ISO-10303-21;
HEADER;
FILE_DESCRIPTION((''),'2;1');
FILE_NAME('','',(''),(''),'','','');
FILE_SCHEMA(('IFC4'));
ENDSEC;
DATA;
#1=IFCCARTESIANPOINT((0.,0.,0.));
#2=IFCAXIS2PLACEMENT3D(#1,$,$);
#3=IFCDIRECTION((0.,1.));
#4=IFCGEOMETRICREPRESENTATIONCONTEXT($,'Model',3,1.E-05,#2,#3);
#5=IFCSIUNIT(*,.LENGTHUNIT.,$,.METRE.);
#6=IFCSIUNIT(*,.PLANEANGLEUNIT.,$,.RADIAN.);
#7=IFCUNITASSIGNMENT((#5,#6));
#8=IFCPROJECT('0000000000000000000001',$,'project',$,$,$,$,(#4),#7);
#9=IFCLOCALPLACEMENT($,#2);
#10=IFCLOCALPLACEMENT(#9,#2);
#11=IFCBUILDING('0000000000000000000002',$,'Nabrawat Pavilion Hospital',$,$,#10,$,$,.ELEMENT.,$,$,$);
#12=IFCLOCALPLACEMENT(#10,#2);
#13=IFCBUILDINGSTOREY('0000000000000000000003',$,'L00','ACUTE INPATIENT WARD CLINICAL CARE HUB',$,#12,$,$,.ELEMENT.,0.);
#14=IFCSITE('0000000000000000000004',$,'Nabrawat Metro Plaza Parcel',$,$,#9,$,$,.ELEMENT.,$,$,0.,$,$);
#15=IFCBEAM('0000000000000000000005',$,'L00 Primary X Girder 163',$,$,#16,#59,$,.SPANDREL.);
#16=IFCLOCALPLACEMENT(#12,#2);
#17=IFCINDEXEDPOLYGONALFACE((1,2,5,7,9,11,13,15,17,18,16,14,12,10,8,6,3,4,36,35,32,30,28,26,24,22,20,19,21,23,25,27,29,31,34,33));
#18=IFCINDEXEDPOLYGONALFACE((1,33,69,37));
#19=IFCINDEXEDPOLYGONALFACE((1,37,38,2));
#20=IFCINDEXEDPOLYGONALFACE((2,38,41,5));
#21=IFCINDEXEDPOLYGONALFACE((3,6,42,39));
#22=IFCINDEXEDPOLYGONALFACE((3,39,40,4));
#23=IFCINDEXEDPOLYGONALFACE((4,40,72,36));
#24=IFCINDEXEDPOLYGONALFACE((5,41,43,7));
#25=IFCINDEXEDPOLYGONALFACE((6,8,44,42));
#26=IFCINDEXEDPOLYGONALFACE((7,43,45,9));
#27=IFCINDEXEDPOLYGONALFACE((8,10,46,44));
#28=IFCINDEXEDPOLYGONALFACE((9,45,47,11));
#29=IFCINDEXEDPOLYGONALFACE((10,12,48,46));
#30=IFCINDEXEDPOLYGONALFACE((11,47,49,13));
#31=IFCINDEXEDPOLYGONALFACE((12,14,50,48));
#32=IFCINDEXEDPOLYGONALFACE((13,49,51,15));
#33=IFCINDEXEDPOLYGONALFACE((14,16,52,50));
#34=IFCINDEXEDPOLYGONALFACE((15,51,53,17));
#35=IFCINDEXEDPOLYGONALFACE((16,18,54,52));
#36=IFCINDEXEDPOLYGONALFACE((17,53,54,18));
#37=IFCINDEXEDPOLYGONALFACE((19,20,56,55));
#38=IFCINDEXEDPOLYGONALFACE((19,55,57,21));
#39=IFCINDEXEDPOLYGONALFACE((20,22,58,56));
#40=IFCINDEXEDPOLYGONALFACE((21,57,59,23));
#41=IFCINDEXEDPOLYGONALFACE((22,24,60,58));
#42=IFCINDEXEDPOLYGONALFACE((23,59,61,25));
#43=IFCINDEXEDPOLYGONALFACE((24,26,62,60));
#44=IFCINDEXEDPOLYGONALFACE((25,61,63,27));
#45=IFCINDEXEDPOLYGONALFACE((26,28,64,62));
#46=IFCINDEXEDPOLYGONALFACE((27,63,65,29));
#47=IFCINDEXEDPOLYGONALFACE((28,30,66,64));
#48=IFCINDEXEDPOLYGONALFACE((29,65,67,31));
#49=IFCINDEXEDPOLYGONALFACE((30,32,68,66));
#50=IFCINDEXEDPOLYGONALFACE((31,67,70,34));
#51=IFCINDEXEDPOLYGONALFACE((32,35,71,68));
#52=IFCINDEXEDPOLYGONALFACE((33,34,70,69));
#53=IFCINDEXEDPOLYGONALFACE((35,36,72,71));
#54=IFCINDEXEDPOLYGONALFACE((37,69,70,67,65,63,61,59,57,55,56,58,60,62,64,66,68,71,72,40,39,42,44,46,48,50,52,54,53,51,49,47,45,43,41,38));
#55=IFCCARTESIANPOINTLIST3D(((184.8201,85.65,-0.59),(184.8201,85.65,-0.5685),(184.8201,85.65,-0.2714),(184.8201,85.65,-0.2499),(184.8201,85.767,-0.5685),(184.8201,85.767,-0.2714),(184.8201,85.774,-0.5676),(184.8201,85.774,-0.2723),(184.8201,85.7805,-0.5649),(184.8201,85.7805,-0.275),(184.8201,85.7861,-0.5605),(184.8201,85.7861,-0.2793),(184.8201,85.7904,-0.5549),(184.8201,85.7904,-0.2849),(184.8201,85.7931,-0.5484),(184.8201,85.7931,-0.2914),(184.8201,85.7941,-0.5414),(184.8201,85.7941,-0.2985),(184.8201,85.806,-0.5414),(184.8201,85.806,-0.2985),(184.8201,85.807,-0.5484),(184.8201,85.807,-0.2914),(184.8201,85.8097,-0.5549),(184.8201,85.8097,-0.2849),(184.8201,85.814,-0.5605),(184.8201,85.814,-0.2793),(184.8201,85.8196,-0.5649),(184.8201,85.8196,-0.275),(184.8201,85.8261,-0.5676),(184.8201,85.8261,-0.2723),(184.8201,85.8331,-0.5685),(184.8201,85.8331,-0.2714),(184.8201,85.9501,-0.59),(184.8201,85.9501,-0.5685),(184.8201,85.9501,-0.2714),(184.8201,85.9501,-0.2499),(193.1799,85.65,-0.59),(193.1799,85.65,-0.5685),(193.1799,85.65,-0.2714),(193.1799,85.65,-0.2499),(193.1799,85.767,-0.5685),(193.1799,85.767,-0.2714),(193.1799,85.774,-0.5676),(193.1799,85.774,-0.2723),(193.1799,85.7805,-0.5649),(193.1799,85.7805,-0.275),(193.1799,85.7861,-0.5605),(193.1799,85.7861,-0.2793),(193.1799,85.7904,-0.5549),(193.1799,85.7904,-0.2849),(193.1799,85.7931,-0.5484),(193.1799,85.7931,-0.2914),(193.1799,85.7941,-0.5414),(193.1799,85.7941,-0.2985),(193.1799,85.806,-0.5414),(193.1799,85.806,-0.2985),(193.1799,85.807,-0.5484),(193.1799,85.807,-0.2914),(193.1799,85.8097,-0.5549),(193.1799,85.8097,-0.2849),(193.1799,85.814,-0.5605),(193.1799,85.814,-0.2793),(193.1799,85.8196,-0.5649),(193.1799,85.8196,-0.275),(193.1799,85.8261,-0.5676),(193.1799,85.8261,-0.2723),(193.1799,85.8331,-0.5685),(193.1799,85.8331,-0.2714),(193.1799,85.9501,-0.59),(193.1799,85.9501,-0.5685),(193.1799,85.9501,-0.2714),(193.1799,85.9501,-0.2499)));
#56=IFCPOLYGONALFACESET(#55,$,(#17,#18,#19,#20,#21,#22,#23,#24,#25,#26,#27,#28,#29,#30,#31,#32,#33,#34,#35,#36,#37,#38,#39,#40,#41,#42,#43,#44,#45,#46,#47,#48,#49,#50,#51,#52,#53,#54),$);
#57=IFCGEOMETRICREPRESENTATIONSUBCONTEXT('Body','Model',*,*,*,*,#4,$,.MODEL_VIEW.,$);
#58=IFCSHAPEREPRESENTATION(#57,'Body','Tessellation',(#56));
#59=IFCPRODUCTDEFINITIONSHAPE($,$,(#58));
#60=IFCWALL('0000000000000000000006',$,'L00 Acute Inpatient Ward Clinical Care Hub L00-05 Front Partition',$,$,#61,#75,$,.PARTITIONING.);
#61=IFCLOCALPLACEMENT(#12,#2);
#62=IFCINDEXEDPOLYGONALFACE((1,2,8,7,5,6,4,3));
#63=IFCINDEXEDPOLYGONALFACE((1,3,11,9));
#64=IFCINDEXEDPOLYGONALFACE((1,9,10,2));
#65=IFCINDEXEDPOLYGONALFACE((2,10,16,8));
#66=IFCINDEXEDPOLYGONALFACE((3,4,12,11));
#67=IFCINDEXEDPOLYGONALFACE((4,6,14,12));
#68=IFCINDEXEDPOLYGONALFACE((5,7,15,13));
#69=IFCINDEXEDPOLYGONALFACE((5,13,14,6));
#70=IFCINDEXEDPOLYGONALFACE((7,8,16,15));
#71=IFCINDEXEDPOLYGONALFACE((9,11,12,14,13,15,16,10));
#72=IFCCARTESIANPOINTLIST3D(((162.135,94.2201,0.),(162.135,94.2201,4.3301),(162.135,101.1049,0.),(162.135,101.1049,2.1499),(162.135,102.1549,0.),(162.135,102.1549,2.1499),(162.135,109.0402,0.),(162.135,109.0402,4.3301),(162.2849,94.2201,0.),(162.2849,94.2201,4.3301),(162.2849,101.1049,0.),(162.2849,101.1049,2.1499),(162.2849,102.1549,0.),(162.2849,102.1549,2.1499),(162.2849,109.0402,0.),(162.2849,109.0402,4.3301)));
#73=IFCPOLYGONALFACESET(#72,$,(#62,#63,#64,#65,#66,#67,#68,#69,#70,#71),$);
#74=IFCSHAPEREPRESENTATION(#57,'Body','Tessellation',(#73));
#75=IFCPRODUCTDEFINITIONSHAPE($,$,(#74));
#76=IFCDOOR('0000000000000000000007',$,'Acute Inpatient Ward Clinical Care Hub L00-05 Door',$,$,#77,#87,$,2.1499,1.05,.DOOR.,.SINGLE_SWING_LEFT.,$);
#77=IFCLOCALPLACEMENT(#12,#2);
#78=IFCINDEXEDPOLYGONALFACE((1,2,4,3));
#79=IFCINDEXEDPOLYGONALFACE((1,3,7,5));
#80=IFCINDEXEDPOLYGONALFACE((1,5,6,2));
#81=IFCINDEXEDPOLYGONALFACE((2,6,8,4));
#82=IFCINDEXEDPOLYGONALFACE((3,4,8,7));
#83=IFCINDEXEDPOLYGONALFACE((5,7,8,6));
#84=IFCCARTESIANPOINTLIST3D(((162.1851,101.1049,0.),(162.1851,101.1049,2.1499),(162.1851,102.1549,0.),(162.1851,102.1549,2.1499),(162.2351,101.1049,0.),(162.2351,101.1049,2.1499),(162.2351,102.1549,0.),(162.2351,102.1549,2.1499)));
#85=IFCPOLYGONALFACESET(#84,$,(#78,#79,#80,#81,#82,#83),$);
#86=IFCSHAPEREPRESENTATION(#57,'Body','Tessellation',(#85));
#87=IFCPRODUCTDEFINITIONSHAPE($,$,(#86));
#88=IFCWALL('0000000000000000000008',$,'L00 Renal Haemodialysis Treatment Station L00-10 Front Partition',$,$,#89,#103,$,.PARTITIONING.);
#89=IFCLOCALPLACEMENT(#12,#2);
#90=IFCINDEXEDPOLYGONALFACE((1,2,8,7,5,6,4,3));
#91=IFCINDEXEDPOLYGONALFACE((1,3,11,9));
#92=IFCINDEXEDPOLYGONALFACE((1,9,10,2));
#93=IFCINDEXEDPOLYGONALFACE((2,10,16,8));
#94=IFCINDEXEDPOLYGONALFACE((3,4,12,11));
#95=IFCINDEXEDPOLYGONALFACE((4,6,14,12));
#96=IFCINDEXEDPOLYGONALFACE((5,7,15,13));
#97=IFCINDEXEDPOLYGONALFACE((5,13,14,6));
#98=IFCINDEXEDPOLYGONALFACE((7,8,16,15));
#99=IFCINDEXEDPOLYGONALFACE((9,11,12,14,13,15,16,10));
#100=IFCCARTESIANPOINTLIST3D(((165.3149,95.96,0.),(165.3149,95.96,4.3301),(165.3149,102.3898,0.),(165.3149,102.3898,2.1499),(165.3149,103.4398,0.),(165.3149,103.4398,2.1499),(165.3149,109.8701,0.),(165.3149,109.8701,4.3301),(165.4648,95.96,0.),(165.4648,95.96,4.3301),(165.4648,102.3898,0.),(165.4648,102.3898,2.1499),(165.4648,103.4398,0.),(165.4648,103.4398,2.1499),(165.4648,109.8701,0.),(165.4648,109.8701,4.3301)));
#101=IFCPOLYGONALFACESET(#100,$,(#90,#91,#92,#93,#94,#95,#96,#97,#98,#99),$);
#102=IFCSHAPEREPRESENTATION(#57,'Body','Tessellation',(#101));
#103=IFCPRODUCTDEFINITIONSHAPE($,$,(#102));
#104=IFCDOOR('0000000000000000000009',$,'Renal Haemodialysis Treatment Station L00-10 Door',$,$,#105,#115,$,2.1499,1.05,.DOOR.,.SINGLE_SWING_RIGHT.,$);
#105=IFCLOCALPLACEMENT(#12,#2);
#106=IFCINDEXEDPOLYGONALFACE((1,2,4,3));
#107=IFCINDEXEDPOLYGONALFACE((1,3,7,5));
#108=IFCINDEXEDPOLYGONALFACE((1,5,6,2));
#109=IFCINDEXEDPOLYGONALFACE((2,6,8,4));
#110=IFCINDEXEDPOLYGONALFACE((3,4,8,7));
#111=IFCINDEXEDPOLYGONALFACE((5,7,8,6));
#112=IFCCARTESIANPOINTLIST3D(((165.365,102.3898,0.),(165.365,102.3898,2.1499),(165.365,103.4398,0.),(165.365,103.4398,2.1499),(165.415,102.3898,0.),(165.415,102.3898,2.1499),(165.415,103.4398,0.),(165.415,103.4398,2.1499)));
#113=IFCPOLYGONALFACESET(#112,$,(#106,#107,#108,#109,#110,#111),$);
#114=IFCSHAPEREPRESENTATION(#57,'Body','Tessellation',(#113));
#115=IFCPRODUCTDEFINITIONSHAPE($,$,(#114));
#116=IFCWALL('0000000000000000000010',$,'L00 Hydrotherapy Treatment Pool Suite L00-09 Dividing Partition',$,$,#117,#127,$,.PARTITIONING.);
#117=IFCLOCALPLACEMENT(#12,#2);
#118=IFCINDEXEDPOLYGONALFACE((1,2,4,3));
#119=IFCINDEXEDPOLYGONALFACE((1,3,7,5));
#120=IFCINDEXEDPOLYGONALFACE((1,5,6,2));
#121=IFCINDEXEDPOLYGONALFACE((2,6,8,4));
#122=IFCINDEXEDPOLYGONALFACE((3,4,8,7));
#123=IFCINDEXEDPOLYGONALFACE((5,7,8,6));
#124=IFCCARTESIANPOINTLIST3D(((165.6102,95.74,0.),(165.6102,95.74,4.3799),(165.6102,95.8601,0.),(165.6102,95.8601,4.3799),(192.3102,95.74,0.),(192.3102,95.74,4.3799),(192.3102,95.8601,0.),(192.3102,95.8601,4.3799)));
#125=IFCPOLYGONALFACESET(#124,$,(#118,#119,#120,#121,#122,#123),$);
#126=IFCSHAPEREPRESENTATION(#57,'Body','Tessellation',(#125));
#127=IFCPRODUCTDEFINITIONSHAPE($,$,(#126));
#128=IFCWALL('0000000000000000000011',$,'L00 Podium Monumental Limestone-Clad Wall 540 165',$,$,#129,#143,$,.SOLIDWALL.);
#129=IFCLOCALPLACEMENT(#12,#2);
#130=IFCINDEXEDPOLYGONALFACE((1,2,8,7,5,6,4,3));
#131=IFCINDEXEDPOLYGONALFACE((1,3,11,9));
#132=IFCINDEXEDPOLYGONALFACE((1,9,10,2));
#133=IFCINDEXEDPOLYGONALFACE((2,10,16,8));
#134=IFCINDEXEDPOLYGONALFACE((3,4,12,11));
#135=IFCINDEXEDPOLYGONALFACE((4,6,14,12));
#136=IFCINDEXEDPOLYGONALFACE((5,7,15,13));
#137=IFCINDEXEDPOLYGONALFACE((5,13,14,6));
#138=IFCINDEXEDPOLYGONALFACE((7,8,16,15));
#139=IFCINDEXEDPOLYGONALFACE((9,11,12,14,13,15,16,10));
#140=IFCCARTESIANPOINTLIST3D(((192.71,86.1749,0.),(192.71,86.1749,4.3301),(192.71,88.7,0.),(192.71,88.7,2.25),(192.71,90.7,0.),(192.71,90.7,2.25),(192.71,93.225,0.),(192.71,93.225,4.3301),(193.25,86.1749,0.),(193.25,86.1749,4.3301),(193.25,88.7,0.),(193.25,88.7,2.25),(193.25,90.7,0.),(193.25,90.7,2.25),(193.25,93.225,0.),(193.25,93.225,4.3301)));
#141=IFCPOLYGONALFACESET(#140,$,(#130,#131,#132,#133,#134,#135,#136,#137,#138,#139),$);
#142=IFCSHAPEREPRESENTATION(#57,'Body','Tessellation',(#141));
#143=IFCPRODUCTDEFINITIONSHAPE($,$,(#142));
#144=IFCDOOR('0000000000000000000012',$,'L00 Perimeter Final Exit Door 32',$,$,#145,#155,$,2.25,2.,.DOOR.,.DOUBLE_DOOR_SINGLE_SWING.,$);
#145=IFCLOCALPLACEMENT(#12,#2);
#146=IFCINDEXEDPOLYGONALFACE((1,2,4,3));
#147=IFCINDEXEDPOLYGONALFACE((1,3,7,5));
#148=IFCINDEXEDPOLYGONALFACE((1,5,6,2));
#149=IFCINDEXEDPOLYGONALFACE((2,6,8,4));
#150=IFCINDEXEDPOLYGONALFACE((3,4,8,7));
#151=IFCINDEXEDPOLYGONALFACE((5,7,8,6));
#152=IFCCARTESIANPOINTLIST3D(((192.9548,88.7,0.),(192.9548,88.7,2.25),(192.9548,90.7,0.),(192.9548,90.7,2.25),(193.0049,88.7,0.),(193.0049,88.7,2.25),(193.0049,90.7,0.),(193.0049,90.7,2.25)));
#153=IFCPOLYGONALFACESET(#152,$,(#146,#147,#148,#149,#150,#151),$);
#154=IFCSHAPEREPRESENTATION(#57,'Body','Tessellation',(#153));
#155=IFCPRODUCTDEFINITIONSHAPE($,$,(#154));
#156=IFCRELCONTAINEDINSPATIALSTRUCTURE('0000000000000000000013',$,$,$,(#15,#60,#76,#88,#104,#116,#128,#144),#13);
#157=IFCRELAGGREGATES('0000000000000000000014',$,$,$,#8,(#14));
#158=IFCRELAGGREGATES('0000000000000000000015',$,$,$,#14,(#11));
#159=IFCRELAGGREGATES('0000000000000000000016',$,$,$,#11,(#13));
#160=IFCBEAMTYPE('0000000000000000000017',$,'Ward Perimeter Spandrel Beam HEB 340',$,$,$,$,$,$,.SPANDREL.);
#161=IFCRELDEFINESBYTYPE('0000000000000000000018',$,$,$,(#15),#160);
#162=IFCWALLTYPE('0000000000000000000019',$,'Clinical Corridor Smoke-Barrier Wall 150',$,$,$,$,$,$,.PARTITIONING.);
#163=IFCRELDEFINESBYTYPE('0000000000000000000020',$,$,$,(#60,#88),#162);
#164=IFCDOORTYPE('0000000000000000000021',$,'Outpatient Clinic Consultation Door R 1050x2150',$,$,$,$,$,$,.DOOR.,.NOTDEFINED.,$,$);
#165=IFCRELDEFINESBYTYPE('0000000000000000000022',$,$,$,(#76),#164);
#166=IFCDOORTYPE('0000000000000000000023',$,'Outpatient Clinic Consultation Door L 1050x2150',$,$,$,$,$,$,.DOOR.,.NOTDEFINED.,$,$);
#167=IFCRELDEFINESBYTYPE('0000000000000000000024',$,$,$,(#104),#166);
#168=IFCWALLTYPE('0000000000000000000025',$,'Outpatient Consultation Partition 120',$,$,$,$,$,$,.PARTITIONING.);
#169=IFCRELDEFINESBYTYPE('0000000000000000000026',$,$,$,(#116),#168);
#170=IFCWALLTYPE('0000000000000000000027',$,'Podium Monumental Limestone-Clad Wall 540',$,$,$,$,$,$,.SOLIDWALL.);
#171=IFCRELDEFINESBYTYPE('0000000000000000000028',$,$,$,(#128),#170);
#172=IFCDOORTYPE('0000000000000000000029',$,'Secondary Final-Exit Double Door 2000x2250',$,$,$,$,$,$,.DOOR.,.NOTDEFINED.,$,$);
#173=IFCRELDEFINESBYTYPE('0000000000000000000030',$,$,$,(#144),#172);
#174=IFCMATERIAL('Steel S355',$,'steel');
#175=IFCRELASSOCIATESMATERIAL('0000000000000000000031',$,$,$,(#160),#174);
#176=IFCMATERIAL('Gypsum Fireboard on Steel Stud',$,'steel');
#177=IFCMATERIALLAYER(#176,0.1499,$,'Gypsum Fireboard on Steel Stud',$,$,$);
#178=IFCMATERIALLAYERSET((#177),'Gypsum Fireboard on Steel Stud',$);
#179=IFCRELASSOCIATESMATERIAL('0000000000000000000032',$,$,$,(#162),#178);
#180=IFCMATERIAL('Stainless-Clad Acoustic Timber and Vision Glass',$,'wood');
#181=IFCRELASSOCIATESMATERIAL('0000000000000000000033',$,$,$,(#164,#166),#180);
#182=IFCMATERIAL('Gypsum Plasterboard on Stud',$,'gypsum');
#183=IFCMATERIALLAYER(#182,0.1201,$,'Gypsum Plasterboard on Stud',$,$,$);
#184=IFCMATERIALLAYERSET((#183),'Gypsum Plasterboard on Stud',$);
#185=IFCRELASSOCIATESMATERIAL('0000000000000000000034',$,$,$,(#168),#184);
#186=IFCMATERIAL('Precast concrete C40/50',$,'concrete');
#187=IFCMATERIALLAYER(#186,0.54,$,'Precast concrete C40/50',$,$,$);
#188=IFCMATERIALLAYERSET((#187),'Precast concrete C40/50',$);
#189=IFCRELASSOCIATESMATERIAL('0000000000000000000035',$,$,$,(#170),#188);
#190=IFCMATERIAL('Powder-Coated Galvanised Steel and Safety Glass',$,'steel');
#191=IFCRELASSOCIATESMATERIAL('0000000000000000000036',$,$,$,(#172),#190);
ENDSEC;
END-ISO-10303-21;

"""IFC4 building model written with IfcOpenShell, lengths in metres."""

from ifc_helpers import new_model, si_unit, direction, frame, frame_2d, origin, origin_2d, place, context, subcontext, project, spatial, rectangle, i_section, extrude, material, layer, layer_set, material_profile, profile_set, type_object, element, fill, save


model = new_model("IFC4")

# Units and contexts
model_context = context("Model", 3, precision=1e-05, world=origin(), true_north=direction((0.0, 1.0)))
body_context = subcontext(model_context, "Body", "Model", "MODEL_VIEW")
ifc_project = project(units=[si_unit("LENGTHUNIT", "METRE"), si_unit("PLANEANGLEUNIT", "RADIAN")], contexts=[model_context])

# Site, building, storey
site_placement = place(None, origin())
site = spatial("IfcSite", under=ifc_project, at=site_placement, Name="Nabrawat Metro Plaza Parcel", CompositionType="ELEMENT", RefElevation=0.0)
building_placement = place(site_placement, origin())
building = spatial("IfcBuilding", under=site, at=building_placement, Name="Nabrawat Pavilion Hospital", CompositionType="ELEMENT")
storey_placement = place(building_placement, origin())
storey = spatial("IfcBuildingStorey", under=building, at=storey_placement, Name="L00", Description="ACUTE INPATIENT WARD CLINICAL CARE HUB", CompositionType="ELEMENT", Elevation=0.0)

# Shared definitions
ifc_material_1 = material(Name="Steel S355", Category="steel")

# Beam
ifc_material_profile_1 = material_profile(ifc_material_1, i_section(OverallWidth=0.3, OverallDepth=0.3401, WebThickness=0.012, FlangeThickness=0.0215, FilletRadius=0.0271, at=origin_2d()), Name="HEB 340")
ifc_profile_set_1 = profile_set([ifc_material_profile_1], Name="Steel S355")
beam_type_1 = type_object("IfcBeamType", Name="Ward Perimeter Spandrel Beam HEB 340", PredefinedType="SPANDREL", material=ifc_profile_set_1)
beam_1_placement = place(storey_placement, frame((184.8201, 85.8, -0.4199), z_axis=(1.0, 0.0, 0.0), x_axis=(0.0, 1.0, 0.0)))
element("IfcBeam", 1, at=beam_1_placement, inside=storey, type_object=beam_type_1, Name="L00 Primary X Girder 163", PredefinedType="SPANDREL", context=body_context, shape_type="SweptSolid", body=[
    extrude(i_section(OverallWidth=0.3, OverallDepth=0.3401, WebThickness=0.012, FlangeThickness=0.0215, FilletRadius=0.0271, at=origin_2d()), origin(), (0.0, 0.0, 1.0), 8.3599),
])

# Walls, openings, doors
ifc_material_2 = material(Name="Gypsum Fireboard on Steel Stud", Category="steel")
ifc_layer_1 = layer(ifc_material_2, 0.1499, Name="Gypsum Fireboard on Steel Stud")
ifc_layer_set_1 = layer_set([ifc_layer_1], Name="Gypsum Fireboard on Steel Stud")
wall_type_1 = type_object("IfcWallType", Name="Clinical Corridor Smoke-Barrier Wall 150", PredefinedType="PARTITIONING", material=ifc_layer_set_1)
wall_1_placement = place(storey_placement, frame((162.21, 94.22, 0.0), z_axis=(0.0, 0.0, 1.0), x_axis=(0.0, 1.0, 0.0)))
wall_1 = element("IfcWall", 2, at=wall_1_placement, inside=storey, type_object=wall_type_1, Name="L00 Acute Inpatient Ward Clinical Care Hub L00-05 Front Partition", PredefinedType="PARTITIONING", context=body_context, shape_type="SweptSolid", body=[
    extrude(rectangle(XDim=14.8201, YDim=0.1499, at=frame_2d((7.4102, 0.0))), origin(), (0.0, 0.0, 1.0), 4.3301),
])
opening_1_placement = place(wall_1_placement, frame((6.885, 0.0, 0.0)))
opening_1 = element("IfcOpeningElement", 3, at=opening_1_placement, cuts=wall_1, PredefinedType="OPENING", context=body_context, shape_type="SweptSolid", body=[
    extrude(rectangle(XDim=1.05, YDim=2.1499, at=frame_2d((0.5249, 1.075))), frame((0.0, 0.085, 0.0), z_axis=(0.0, -1.0, 0.0), x_axis=(1.0, 0.0, 0.0)), (0.0, 0.0, 1.0), 0.1699),
])
ifc_material_3 = material(Name="Stainless-Clad Acoustic Timber and Vision Glass", Category="wood")
door_type_1 = type_object("IfcDoorType", Name="Outpatient Clinic Consultation Door R 1050x2150", OperationType="NOTDEFINED", PredefinedType="DOOR", material=ifc_material_3)
door_1_placement = place(opening_1_placement, origin())
door_1 = element("IfcDoor", 4, at=door_1_placement, inside=storey, type_object=door_type_1, Name="Acute Inpatient Ward Clinical Care Hub L00-05 Door", OperationType="SINGLE_SWING_LEFT", OverallHeight=2.1499, OverallWidth=1.05, PredefinedType="DOOR", context=body_context, shape_type="SweptSolid", body=[
    extrude(rectangle(XDim=1.05, YDim=2.1499, at=frame_2d((0.5249, 1.075))), frame((0.0, 0.0249, 0.0), z_axis=(0.0, -1.0, 0.0), x_axis=(1.0, 0.0, 0.0)), (0.0, 0.0, 1.0), 0.05),
])
fill(opening_1, door_1)
wall_2_placement = place(storey_placement, frame((165.3899, 95.96, 0.0), z_axis=(0.0, 0.0, 1.0), x_axis=(0.0, 1.0, 0.0)))
wall_2 = element("IfcWall", 5, at=wall_2_placement, inside=storey, type_object=wall_type_1, Name="L00 Renal Haemodialysis Treatment Station L00-10 Front Partition", PredefinedType="PARTITIONING", context=body_context, shape_type="SweptSolid", body=[
    extrude(rectangle(XDim=13.9102, YDim=0.1499, at=frame_2d((6.9551, 0.0))), origin(), (0.0, 0.0, 1.0), 4.3301),
])
opening_2_placement = place(wall_2_placement, frame((6.4299, 0.0, 0.0)))
opening_2 = element("IfcOpeningElement", 6, at=opening_2_placement, cuts=wall_2, PredefinedType="OPENING", context=body_context, shape_type="SweptSolid", body=[
    extrude(rectangle(XDim=1.05, YDim=2.1499, at=frame_2d((0.5249, 1.075))), frame((0.0, 0.085, 0.0), z_axis=(0.0, -1.0, 0.0), x_axis=(1.0, 0.0, 0.0)), (0.0, 0.0, 1.0), 0.1699),
])
door_type_2 = type_object("IfcDoorType", Name="Outpatient Clinic Consultation Door L 1050x2150", OperationType="NOTDEFINED", PredefinedType="DOOR", material=ifc_material_3)
door_2_placement = place(opening_2_placement, origin())
door_2 = element("IfcDoor", 7, at=door_2_placement, inside=storey, type_object=door_type_2, Name="Renal Haemodialysis Treatment Station L00-10 Door", OperationType="SINGLE_SWING_RIGHT", OverallHeight=2.1499, OverallWidth=1.05, PredefinedType="DOOR", context=body_context, shape_type="SweptSolid", body=[
    extrude(rectangle(XDim=1.05, YDim=2.1499, at=frame_2d((0.5249, 1.075))), frame((0.0, 0.0249, 0.0), z_axis=(0.0, -1.0, 0.0), x_axis=(1.0, 0.0, 0.0)), (0.0, 0.0, 1.0), 0.05),
])
fill(opening_2, door_2)

# Wall
ifc_material_4 = material(Name="Gypsum Plasterboard on Stud", Category="gypsum")
ifc_layer_2 = layer(ifc_material_4, 0.1201, Name="Gypsum Plasterboard on Stud")
ifc_layer_set_2 = layer_set([ifc_layer_2], Name="Gypsum Plasterboard on Stud")
wall_type_2 = type_object("IfcWallType", Name="Outpatient Consultation Partition 120", PredefinedType="PARTITIONING", material=ifc_layer_set_2)
wall_3_placement = place(storey_placement, frame((165.6101, 95.8, 0.0), z_axis=(0.0, 0.0, 1.0), x_axis=(1.0, 0.0, 0.0)))
element("IfcWall", 8, at=wall_3_placement, inside=storey, type_object=wall_type_2, Name="L00 Hydrotherapy Treatment Pool Suite L00-09 Dividing Partition", PredefinedType="PARTITIONING", context=body_context, shape_type="SweptSolid", body=[
    extrude(rectangle(XDim=26.7, YDim=0.1201, at=frame_2d((13.3501, 0.0))), origin(), (0.0, 0.0, 1.0), 4.3799),
])

# Wall, opening, door
ifc_material_5 = material(Name="Precast concrete C40/50", Category="concrete")
ifc_layer_3 = layer(ifc_material_5, 0.54, Name="Precast concrete C40/50")
ifc_layer_set_3 = layer_set([ifc_layer_3], Name="Precast concrete C40/50")
wall_type_3 = type_object("IfcWallType", Name="Podium Monumental Limestone-Clad Wall 540", PredefinedType="SOLIDWALL", material=ifc_layer_set_3)
wall_4_placement = place(storey_placement, frame((192.98, 86.175, 0.0), z_axis=(0.0, 0.0, 1.0), x_axis=(0.0, 1.0, 0.0)))
wall_4 = element("IfcWall", 9, at=wall_4_placement, inside=storey, type_object=wall_type_3, Name="L00 Podium Monumental Limestone-Clad Wall 540 165", PredefinedType="SOLIDWALL", context=body_context, shape_type="SweptSolid", body=[
    extrude(rectangle(XDim=7.05, YDim=0.54, at=frame_2d((3.5249, 0.0))), origin(), (0.0, 0.0, 1.0), 4.3301),
])
opening_3_placement = place(wall_4_placement, frame((2.5249, 0.0, 0.0)))
opening_3 = element("IfcOpeningElement", 10, at=opening_3_placement, cuts=wall_4, PredefinedType="OPENING", context=body_context, shape_type="SweptSolid", body=[
    extrude(rectangle(XDim=2.0, YDim=2.25, at=frame_2d((1.0, 1.125))), frame((0.0, 0.28, 0.0), z_axis=(0.0, -1.0, 0.0), x_axis=(1.0, 0.0, 0.0)), (0.0, 0.0, 1.0), 0.5601),
])
ifc_material_6 = material(Name="Powder-Coated Galvanised Steel and Safety Glass", Category="steel")
door_type_3 = type_object("IfcDoorType", Name="Secondary Final-Exit Double Door 2000x2250", OperationType="NOTDEFINED", PredefinedType="DOOR", material=ifc_material_6)
door_3_placement = place(opening_3_placement, frame((2.0, 0.0, 0.0), z_axis=(0.0, 0.0, 1.0), x_axis=(-1.0, 0.0, 0.0)))
door_3 = element("IfcDoor", 11, at=door_3_placement, inside=storey, type_object=door_type_3, Name="L00 Perimeter Final Exit Door 32", OperationType="DOUBLE_DOOR_SINGLE_SWING", OverallHeight=2.25, OverallWidth=2.0, PredefinedType="DOOR", context=body_context, shape_type="SweptSolid", body=[
    extrude(rectangle(XDim=2.0, YDim=2.25, at=frame_2d((1.0, 1.125))), frame((0.0, 0.0249, 0.0), z_axis=(0.0, -1.0, 0.0), x_axis=(1.0, 0.0, 0.0)), (0.0, 0.0, 1.0), 0.05),
])
fill(opening_3, door_3)

save(model, "model.ifc")
